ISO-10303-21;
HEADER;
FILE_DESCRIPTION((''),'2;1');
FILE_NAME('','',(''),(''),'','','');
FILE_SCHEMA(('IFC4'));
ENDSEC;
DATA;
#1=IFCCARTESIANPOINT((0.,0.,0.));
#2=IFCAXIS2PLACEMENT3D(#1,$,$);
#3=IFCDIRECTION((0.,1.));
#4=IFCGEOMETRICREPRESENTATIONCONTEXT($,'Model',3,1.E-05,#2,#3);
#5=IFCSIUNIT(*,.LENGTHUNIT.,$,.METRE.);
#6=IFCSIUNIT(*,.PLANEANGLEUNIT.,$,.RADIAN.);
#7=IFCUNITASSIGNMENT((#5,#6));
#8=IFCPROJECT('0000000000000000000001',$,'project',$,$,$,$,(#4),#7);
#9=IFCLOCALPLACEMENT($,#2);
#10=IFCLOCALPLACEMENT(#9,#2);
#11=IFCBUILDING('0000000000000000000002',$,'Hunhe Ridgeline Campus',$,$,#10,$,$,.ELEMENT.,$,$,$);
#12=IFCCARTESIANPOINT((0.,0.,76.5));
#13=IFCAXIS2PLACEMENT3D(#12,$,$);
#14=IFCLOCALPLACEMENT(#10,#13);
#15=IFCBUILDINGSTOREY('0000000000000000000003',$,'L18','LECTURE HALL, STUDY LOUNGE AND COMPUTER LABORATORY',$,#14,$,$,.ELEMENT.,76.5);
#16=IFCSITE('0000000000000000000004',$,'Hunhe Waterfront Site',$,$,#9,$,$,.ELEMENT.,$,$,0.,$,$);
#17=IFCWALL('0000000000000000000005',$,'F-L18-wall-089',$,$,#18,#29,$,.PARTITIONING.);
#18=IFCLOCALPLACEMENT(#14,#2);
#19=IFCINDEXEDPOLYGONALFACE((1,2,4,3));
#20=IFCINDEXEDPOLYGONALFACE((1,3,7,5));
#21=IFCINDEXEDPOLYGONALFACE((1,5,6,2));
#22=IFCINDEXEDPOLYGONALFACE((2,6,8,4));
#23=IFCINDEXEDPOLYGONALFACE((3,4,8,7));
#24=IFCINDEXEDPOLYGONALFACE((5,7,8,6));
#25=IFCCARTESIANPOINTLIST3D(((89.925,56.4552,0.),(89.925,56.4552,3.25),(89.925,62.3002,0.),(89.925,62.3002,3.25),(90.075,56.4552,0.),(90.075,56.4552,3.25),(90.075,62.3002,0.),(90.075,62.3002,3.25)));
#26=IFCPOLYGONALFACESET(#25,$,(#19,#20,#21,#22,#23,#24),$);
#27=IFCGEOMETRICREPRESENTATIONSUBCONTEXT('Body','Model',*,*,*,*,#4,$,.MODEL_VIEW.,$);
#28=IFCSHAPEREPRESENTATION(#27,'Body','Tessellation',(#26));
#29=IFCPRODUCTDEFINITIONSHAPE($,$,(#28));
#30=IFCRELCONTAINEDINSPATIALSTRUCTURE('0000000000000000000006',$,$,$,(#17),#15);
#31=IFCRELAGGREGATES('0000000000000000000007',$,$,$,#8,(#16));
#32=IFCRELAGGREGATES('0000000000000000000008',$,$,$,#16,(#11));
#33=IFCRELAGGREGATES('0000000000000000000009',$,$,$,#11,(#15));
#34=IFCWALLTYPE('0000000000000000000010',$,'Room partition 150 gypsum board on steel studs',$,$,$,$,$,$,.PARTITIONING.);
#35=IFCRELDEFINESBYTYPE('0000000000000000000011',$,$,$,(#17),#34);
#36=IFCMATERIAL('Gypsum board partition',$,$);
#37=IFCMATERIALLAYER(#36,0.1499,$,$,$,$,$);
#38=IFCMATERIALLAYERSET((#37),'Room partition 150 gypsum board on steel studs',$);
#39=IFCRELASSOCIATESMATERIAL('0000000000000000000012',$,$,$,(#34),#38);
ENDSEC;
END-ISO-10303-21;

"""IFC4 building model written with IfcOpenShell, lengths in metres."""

from ifc_helpers import new_model, si_unit, direction, frame, frame_2d, origin, place, context, subcontext, project, spatial, rectangle, extrude, material, layer, layer_set, type_object, element, save


model = new_model("IFC4")

# Units and contexts
model_context = context("Model", 3, precision=1e-05, world=origin(), true_north=direction((0.0, 1.0)))
body_context = subcontext(model_context, "Body", "Model", "MODEL_VIEW")
ifc_project = project(units=[si_unit("LENGTHUNIT", "METRE"), si_unit("PLANEANGLEUNIT", "RADIAN")], contexts=[model_context])

# Site, building, storey
site_placement = place(None, origin())
site = spatial("IfcSite", under=ifc_project, at=site_placement, Name="Hunhe Waterfront Site", CompositionType="ELEMENT", RefElevation=0.0)
building_placement = place(site_placement, origin())
building = spatial("IfcBuilding", under=site, at=building_placement, Name="Hunhe Ridgeline Campus", CompositionType="ELEMENT")
storey_placement = place(building_placement, frame((0.0, 0.0, 76.5)))
storey = spatial("IfcBuildingStorey", under=building, at=storey_placement, Name="L18", Description="LECTURE HALL, STUDY LOUNGE AND COMPUTER LABORATORY", CompositionType="ELEMENT", Elevation=76.5)

# Wall
ifc_material_1 = material(Name="Gypsum board partition")
ifc_layer_1 = layer(ifc_material_1, 0.1499)
ifc_layer_set_1 = layer_set([ifc_layer_1], Name="Room partition 150 gypsum board on steel studs")
wall_type_1 = type_object("IfcWallType", Name="Room partition 150 gypsum board on steel studs", PredefinedType="PARTITIONING", material=ifc_layer_set_1)
wall_1_placement = place(storey_placement, frame((90.0, 62.3, 0.0), z_axis=(0.0, 0.0, 1.0), x_axis=(0.0, -1.0, 0.0)))
element("IfcWall", 1, at=wall_1_placement, inside=storey, type_object=wall_type_1, Name="F-L18-wall-089", PredefinedType="PARTITIONING", context=body_context, shape_type="SweptSolid", body=[
    extrude(rectangle(XDim=5.845, YDim=0.1499, at=frame_2d((2.9224, 0.0))), origin(), (0.0, 0.0, 1.0), 3.25),
])

save(model, "model.ifc")
